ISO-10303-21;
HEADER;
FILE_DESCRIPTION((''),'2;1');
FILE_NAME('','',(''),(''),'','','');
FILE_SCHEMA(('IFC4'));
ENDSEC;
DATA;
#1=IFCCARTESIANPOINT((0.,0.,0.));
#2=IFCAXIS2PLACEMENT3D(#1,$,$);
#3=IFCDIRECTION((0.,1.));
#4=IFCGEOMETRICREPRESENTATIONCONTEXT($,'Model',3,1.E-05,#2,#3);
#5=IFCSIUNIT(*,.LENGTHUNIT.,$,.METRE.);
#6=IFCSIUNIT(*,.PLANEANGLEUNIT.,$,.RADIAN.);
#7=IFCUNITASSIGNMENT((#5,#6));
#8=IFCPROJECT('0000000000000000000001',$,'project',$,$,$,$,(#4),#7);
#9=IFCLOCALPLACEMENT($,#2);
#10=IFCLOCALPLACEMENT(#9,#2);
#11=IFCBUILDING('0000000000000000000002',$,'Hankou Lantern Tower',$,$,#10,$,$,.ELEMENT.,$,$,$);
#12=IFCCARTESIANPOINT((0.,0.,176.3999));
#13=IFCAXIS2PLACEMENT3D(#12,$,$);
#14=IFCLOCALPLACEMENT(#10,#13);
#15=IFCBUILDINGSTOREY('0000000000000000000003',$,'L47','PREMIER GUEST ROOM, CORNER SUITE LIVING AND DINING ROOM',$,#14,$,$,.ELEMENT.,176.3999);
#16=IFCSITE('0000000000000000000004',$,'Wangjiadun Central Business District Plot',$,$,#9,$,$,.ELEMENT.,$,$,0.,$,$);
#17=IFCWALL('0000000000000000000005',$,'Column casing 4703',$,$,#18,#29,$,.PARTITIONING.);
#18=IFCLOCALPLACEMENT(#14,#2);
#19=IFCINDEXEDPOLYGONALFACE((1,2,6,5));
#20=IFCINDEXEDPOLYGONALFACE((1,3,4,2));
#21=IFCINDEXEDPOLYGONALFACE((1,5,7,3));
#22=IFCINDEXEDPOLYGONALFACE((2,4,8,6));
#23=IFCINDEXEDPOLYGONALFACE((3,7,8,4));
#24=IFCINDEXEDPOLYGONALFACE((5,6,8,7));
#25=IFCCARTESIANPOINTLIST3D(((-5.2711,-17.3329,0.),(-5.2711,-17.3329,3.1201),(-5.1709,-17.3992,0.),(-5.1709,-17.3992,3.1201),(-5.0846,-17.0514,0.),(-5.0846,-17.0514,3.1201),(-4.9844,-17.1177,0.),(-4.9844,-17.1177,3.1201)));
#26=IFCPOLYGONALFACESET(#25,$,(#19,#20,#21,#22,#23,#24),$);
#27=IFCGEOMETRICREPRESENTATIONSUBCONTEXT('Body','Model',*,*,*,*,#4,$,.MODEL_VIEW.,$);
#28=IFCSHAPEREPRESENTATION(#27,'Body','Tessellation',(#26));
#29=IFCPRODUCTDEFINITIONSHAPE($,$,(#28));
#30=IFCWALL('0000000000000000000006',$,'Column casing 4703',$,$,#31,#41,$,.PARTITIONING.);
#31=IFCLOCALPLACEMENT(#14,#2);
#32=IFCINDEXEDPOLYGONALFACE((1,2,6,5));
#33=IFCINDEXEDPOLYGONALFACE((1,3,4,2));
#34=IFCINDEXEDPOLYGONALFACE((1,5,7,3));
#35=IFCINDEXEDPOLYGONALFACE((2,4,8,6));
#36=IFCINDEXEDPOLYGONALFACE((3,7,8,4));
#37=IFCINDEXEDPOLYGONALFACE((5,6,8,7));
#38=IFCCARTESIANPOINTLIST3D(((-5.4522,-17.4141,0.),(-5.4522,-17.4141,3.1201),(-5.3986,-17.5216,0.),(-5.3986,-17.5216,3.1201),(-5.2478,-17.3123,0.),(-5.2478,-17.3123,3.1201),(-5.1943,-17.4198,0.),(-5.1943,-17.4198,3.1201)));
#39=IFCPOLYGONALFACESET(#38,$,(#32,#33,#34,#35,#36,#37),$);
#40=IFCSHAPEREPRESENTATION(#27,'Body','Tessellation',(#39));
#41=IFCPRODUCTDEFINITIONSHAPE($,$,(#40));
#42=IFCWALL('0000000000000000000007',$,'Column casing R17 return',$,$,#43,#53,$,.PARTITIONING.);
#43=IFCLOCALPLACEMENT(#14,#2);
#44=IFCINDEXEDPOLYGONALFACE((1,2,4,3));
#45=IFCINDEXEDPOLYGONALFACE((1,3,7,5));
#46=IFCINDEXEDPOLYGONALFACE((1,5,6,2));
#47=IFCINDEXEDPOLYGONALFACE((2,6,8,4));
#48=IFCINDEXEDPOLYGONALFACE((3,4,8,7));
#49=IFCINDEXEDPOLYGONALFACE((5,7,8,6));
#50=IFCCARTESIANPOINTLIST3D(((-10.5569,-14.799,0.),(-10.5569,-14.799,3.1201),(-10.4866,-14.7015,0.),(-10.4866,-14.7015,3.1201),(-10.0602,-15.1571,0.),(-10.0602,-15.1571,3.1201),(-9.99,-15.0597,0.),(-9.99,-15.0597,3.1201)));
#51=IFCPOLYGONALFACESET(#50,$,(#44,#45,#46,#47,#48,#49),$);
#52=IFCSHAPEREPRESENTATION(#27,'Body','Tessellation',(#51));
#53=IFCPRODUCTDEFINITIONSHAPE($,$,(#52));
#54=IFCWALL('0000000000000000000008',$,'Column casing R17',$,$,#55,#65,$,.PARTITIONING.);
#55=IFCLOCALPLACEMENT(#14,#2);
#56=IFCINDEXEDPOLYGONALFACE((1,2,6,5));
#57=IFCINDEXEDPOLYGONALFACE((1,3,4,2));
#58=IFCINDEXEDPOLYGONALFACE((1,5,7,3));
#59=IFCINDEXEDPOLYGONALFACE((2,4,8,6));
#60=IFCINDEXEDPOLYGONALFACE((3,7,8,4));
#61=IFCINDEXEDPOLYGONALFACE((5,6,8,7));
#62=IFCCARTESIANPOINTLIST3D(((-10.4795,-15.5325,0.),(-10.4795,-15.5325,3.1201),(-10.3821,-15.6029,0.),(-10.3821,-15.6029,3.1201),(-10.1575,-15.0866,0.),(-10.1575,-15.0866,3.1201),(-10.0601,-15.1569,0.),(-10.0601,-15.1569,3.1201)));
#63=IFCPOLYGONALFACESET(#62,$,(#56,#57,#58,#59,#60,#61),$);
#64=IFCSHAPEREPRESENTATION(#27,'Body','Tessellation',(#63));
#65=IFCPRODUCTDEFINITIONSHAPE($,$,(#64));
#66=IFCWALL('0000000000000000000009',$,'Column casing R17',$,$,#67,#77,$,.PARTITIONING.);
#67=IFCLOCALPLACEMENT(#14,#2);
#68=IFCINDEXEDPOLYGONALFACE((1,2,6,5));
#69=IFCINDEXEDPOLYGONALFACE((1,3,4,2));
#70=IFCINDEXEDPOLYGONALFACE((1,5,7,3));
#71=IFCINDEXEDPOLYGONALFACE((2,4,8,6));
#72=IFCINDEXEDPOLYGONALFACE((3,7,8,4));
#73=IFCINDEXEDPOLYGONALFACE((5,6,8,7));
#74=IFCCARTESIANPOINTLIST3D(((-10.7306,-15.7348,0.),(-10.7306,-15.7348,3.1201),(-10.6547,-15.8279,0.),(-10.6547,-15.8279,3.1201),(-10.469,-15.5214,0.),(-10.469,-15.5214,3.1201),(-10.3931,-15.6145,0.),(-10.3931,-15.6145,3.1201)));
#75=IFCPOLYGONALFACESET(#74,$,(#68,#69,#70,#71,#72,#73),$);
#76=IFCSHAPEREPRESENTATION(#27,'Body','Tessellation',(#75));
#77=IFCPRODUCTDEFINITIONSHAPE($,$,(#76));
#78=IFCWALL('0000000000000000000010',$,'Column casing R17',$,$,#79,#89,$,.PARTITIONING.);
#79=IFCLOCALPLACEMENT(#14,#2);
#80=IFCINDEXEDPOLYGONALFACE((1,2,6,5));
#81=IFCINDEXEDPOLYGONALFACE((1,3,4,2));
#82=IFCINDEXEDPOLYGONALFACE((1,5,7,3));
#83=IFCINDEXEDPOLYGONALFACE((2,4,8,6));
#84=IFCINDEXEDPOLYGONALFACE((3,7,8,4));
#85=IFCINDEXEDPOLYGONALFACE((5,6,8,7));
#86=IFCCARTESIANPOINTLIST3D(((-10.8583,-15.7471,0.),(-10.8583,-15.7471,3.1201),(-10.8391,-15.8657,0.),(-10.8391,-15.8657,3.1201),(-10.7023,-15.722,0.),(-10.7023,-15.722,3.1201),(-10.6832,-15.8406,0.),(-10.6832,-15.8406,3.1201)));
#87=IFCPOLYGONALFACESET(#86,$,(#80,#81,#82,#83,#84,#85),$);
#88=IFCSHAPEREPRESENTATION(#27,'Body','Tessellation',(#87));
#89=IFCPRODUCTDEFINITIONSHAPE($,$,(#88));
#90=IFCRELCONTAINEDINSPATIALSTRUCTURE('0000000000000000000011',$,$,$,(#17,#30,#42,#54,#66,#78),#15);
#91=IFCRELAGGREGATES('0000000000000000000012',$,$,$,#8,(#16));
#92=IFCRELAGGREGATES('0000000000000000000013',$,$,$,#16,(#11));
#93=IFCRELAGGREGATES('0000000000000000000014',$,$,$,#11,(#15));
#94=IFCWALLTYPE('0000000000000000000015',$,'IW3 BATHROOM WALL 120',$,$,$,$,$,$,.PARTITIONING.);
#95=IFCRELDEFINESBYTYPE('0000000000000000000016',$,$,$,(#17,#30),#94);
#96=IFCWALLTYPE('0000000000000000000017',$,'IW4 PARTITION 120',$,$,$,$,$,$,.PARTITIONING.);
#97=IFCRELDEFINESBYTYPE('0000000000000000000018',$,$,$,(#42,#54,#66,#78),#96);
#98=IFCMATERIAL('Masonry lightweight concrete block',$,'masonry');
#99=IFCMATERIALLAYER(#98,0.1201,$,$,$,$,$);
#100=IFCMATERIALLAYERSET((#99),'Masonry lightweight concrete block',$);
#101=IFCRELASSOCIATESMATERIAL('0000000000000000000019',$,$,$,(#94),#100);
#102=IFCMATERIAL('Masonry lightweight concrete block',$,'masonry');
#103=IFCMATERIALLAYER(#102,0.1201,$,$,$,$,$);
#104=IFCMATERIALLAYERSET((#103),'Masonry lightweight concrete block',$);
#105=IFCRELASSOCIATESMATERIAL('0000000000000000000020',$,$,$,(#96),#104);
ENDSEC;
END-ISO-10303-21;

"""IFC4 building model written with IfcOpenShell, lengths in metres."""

from ifc_helpers import new_model, si_unit, direction, frame, frame_2d, origin, place, context, subcontext, project, spatial, rectangle, extrude, material, layer, layer_set, type_object, element, save


model = new_model("IFC4")

# Units and contexts
model_context = context("Model", 3, precision=1e-05, world=origin(), true_north=direction((0.0, 1.0)))
body_context = subcontext(model_context, "Body", "Model", "MODEL_VIEW")
ifc_project = project(units=[si_unit("LENGTHUNIT", "METRE"), si_unit("PLANEANGLEUNIT", "RADIAN")], contexts=[model_context])

# Site, building, storey
site_placement = place(None, origin())
site = spatial("IfcSite", under=ifc_project, at=site_placement, Name="Wangjiadun Central Business District Plot", CompositionType="ELEMENT", RefElevation=0.0)
building_placement = place(site_placement, origin())
building = spatial("IfcBuilding", under=site, at=building_placement, Name="Hankou Lantern Tower", CompositionType="ELEMENT")
storey_placement = place(building_placement, frame((0.0, 0.0, 176.3999)))
storey = spatial("IfcBuildingStorey", under=building, at=storey_placement, Name="L47", Description="PREMIER GUEST ROOM, CORNER SUITE LIVING AND DINING ROOM", CompositionType="ELEMENT", Elevation=176.3999)

# Shared definitions
ifc_material_1 = material(Name="Masonry lightweight concrete block", Category="masonry")
ifc_layer_1 = layer(ifc_material_1, 0.1201)
ifc_layer_set_1 = layer_set([ifc_layer_1], Name="Masonry lightweight concrete block")
wall_type_1 = type_object("IfcWallType", Name="IW3 BATHROOM WALL 120", PredefinedType="PARTITIONING", material=ifc_layer_set_1)

# Walls
wall_1_placement = place(storey_placement, frame((-5.0344, -17.0845, 0.0), z_axis=(0.0, 0.0, 1.0), x_axis=(-0.552362, -0.833604, 0.0)))
element("IfcWall", 1, at=wall_1_placement, inside=storey, type_object=wall_type_1, Name="Column casing 4703", PredefinedType="PARTITIONING", context=body_context, shape_type="SweptSolid", body=[
    extrude(rectangle(XDim=0.3376, YDim=0.1201, at=frame_2d((0.1689, 0.0))), origin(), (0.0, 0.0, 1.0), 3.1201),
])
wall_2_placement = place(storey_placement, frame((-5.2209, -17.366, 0.0), z_axis=(0.0, 0.0, 1.0), x_axis=(-0.895068, -0.44593, 0.0)))
element("IfcWall", 2, at=wall_2_placement, inside=storey, type_object=wall_type_1, Name="Column casing 4703", PredefinedType="PARTITIONING", context=body_context, shape_type="SweptSolid", body=[
    extrude(rectangle(XDim=0.2283, YDim=0.1201, at=frame_2d((0.1143, 0.0))), origin(), (0.0, 0.0, 1.0), 3.1201),
])
ifc_material_2 = material(Name="Masonry lightweight concrete block", Category="masonry")
ifc_layer_2 = layer(ifc_material_2, 0.1201)
ifc_layer_set_2 = layer_set([ifc_layer_2], Name="Masonry lightweight concrete block")
wall_type_2 = type_object("IfcWallType", Name="IW4 PARTITION 120", PredefinedType="PARTITIONING", material=ifc_layer_set_2)
wall_3_placement = place(storey_placement, frame((-10.5217, -14.7502, 0.0), z_axis=(0.0, 0.0, 1.0), x_axis=(0.811058, -0.584966, 0.0)))
element("IfcWall", 3, at=wall_3_placement, inside=storey, type_object=wall_type_2, Name="Column casing R17 return", PredefinedType="PARTITIONING", context=body_context, shape_type="SweptSolid", body=[
    extrude(rectangle(XDim=0.6123, YDim=0.1201, at=frame_2d((0.3062, 0.0))), origin(), (0.0, 0.0, 1.0), 3.1201),
])
wall_4_placement = place(storey_placement, frame((-10.1089, -15.1218, 0.0), z_axis=(0.0, 0.0, 1.0), x_axis=(-0.585345, -0.810785, 0.0)))
element("IfcWall", 4, at=wall_4_placement, inside=storey, type_object=wall_type_2, Name="Column casing R17", PredefinedType="PARTITIONING", context=body_context, shape_type="SweptSolid", body=[
    extrude(rectangle(XDim=0.55, YDim=0.1201, at=frame_2d((0.2749, 0.0))), origin(), (0.0, 0.0, 1.0), 3.1201),
])
wall_5_placement = place(storey_placement, frame((-10.4309, -15.5679, 0.0), z_axis=(0.0, 0.0, 1.0), x_axis=(-0.775051, -0.631898, 0.0)))
element("IfcWall", 5, at=wall_5_placement, inside=storey, type_object=wall_type_2, Name="Column casing R17", PredefinedType="PARTITIONING", context=body_context, shape_type="SweptSolid", body=[
    extrude(rectangle(XDim=0.3376, YDim=0.1201, at=frame_2d((0.1689, 0.0))), origin(), (0.0, 0.0, 1.0), 3.1201),
])
wall_6_placement = place(storey_placement, frame((-10.6926, -15.7812, 0.0), z_axis=(0.0, 0.0, 1.0), x_axis=(-0.987257, -0.159135, 0.0)))
element("IfcWall", 6, at=wall_6_placement, inside=storey, type_object=wall_type_2, Name="Column casing R17", PredefinedType="PARTITIONING", context=body_context, shape_type="SweptSolid", body=[
    extrude(rectangle(XDim=0.158, YDim=0.1201, at=frame_2d((0.0791, 0.0))), origin(), (0.0, 0.0, 1.0), 3.1201),
])

save(model, "model.ifc")
